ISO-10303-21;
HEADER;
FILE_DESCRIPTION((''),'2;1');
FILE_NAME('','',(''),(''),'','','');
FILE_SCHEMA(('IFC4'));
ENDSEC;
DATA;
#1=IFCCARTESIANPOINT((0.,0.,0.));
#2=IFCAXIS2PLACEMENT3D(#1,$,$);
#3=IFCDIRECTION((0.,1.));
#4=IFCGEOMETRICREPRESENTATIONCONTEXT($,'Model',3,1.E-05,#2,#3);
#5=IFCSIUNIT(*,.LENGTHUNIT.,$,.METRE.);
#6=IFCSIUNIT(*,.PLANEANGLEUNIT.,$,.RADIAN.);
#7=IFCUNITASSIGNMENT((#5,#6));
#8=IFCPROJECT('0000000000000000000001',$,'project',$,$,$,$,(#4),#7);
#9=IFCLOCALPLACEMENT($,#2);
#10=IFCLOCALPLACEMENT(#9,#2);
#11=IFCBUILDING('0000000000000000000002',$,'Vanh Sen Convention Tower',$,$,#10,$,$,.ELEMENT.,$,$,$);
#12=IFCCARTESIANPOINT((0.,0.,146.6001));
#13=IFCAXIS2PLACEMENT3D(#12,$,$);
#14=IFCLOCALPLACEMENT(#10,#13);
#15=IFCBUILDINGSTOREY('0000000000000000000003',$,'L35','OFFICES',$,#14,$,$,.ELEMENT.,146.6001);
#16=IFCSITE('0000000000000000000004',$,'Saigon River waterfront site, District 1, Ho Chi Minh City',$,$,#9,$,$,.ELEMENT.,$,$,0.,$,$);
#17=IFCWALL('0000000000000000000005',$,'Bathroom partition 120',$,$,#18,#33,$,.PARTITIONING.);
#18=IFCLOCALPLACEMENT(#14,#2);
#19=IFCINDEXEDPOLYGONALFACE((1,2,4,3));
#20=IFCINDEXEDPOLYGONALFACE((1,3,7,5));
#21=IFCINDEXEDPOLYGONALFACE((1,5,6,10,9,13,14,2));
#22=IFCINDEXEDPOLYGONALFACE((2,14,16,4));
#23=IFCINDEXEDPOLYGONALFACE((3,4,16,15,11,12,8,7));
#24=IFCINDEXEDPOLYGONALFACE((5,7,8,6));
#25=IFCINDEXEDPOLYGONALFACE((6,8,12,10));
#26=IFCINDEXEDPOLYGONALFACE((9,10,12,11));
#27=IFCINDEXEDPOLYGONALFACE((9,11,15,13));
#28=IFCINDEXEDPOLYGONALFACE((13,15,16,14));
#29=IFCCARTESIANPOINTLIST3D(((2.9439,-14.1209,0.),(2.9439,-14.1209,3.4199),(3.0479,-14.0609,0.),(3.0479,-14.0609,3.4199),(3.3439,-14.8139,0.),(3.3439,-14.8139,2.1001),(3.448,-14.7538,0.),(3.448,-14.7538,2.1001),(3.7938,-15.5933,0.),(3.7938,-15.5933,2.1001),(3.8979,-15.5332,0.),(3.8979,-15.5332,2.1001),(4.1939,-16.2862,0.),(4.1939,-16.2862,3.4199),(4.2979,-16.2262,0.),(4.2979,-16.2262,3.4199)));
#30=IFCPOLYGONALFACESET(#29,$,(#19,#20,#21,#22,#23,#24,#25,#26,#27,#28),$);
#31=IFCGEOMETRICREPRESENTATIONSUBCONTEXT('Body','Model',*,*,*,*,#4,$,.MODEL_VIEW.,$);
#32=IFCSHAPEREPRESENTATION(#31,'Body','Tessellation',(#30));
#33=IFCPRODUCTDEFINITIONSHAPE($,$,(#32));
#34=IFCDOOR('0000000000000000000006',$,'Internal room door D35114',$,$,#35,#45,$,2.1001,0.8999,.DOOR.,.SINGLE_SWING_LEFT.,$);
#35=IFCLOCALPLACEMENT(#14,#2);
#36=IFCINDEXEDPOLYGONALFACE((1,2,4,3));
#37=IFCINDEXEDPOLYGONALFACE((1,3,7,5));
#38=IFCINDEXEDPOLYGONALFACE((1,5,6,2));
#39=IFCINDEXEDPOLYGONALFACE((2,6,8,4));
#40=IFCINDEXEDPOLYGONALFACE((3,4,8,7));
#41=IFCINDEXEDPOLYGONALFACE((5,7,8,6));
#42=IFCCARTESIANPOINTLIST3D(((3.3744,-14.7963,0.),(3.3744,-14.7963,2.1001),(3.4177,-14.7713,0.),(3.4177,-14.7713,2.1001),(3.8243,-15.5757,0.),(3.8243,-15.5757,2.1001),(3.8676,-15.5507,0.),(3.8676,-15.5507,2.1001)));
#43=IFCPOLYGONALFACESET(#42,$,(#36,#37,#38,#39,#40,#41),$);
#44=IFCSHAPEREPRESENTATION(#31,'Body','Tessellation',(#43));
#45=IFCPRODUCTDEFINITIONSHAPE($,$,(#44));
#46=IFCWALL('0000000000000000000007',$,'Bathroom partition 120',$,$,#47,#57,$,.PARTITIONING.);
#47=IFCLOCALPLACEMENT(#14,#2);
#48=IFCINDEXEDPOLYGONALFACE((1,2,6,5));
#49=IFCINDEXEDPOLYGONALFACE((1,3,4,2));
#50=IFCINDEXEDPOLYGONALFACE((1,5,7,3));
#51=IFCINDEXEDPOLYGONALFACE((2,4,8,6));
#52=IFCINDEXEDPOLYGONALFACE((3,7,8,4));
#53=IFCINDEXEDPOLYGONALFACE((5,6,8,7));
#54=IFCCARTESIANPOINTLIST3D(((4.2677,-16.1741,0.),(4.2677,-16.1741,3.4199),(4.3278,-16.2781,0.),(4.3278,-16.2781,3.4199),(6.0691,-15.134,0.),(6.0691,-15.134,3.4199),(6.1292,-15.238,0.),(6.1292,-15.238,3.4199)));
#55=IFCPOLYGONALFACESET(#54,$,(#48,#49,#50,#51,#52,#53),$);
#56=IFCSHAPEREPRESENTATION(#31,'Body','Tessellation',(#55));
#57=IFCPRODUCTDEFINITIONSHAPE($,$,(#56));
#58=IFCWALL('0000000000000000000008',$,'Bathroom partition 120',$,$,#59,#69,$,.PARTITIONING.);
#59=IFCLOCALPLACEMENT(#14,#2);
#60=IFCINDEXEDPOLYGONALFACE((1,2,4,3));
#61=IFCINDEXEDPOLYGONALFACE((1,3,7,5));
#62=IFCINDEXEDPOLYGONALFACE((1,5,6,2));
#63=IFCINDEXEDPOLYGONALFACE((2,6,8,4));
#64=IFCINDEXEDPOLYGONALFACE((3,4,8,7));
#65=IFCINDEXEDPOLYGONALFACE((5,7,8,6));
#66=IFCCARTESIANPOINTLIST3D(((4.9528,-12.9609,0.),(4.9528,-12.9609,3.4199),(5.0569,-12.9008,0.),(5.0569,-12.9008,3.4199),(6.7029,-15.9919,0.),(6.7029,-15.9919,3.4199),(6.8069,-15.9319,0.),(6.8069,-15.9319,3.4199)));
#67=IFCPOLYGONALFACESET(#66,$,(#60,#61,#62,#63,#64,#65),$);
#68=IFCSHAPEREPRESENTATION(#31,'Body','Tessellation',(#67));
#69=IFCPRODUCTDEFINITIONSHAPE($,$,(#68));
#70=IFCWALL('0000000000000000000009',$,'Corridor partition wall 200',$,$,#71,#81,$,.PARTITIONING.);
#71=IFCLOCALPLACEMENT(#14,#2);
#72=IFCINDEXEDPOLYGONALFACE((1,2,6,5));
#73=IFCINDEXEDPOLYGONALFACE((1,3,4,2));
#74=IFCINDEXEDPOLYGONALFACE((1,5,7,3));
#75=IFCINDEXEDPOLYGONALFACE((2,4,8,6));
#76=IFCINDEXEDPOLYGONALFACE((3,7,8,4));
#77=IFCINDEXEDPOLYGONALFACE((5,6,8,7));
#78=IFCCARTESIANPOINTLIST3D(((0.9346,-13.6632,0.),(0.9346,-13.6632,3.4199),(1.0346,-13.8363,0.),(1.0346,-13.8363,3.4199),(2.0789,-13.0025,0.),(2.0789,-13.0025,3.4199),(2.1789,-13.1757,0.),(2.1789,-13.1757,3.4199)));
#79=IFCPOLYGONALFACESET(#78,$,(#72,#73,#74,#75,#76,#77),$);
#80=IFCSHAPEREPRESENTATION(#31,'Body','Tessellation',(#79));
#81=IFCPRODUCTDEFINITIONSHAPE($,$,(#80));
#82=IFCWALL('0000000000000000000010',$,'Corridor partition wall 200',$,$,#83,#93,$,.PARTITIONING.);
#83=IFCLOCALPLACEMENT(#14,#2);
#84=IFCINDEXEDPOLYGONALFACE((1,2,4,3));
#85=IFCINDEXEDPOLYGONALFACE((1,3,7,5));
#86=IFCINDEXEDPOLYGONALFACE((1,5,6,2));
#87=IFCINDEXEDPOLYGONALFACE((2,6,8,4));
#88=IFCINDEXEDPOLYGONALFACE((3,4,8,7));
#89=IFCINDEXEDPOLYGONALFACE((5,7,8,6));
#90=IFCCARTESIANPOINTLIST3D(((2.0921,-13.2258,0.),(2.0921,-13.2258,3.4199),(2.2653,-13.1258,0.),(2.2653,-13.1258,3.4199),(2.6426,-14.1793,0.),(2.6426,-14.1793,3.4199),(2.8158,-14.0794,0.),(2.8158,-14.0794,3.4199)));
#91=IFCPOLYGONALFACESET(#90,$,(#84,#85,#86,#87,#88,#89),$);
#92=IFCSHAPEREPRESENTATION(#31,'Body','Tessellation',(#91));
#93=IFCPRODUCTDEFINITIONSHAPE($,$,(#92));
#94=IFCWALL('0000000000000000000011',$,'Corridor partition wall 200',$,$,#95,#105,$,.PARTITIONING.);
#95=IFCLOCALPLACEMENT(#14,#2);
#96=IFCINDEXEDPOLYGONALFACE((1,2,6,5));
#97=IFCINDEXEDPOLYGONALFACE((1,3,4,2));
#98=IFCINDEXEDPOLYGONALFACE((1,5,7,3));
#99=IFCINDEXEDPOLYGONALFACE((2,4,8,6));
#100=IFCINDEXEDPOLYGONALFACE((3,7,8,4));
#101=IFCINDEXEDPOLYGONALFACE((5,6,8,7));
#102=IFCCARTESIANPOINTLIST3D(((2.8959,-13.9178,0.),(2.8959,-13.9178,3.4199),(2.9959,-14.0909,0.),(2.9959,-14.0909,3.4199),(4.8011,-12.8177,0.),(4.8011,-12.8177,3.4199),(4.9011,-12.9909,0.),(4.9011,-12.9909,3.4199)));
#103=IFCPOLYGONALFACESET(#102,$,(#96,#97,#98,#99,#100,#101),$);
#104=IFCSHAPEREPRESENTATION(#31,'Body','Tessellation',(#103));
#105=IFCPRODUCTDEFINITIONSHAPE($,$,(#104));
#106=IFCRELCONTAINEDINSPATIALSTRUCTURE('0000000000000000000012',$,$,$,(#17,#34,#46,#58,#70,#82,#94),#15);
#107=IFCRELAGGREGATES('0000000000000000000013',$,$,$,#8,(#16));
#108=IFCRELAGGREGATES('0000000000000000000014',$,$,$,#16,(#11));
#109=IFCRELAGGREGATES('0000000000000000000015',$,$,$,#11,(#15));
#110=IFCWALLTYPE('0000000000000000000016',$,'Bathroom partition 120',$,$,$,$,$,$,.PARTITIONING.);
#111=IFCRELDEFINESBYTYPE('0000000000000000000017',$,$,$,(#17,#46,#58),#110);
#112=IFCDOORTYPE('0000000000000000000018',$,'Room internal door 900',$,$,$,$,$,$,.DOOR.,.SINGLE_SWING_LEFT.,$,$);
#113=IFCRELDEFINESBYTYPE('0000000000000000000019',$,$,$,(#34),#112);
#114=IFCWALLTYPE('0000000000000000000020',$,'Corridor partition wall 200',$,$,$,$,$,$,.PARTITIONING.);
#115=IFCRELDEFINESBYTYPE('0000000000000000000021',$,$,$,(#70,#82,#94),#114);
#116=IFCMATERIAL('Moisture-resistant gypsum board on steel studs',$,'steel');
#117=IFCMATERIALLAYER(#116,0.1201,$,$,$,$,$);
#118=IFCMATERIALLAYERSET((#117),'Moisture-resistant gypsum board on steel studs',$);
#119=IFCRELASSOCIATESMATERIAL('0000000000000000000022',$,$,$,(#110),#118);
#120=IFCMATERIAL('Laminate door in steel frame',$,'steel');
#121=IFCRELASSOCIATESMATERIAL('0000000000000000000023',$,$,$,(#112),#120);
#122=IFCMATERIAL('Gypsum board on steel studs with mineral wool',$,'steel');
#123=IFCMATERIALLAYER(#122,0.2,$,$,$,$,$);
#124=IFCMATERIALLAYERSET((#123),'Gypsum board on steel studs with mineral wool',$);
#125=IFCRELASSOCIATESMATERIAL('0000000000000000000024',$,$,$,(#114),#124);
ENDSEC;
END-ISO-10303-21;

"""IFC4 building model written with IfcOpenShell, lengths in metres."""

from ifc_helpers import new_model, si_unit, direction, frame, frame_2d, origin, place, context, subcontext, project, spatial, rectangle, extrude, material, layer, layer_set, type_object, element, fill, save


model = new_model("IFC4")

# Units and contexts
model_context = context("Model", 3, precision=1e-05, world=origin(), true_north=direction((0.0, 1.0)))
body_context = subcontext(model_context, "Body", "Model", "MODEL_VIEW")
ifc_project = project(units=[si_unit("LENGTHUNIT", "METRE"), si_unit("PLANEANGLEUNIT", "RADIAN")], contexts=[model_context])

# Site, building, storey
site_placement = place(None, origin())
site = spatial("IfcSite", under=ifc_project, at=site_placement, Name="Saigon River waterfront site, District 1, Ho Chi Minh City", CompositionType="ELEMENT", RefElevation=0.0)
building_placement = place(site_placement, origin())
building = spatial("IfcBuilding", under=site, at=building_placement, Name="Vanh Sen Convention Tower", CompositionType="ELEMENT")
storey_placement = place(building_placement, frame((0.0, 0.0, 146.6001)))
storey = spatial("IfcBuildingStorey", under=building, at=storey_placement, Name="L35", Description="OFFICES", CompositionType="ELEMENT", Elevation=146.6001)

# Wall, opening, door
ifc_material_1 = material(Name="Moisture-resistant gypsum board on steel studs", Category="steel")
ifc_layer_1 = layer(ifc_material_1, 0.1201)
ifc_layer_set_1 = layer_set([ifc_layer_1], Name="Moisture-resistant gypsum board on steel studs")
wall_type_1 = type_object("IfcWallType", Name="Bathroom partition 120", PredefinedType="PARTITIONING", material=ifc_layer_set_1)
wall_1_placement = place(storey_placement, frame((4.2458, -16.2561, 0.0), z_axis=(0.0, 0.0, 1.0), x_axis=(-0.499962, 0.866047, 0.0)))
wall_1 = element("IfcWall", 1, at=wall_1_placement, inside=storey, type_object=wall_type_1, Name="Bathroom partition 120", PredefinedType="PARTITIONING", context=body_context, shape_type="SweptSolid", body=[
    extrude(rectangle(XDim=2.5002, YDim=0.1201, at=frame_2d((1.25, 0.0))), origin(), (0.0, 0.0, 1.0), 3.4199),
])
opening_1_placement = place(wall_1_placement, frame((0.8, 0.0, 0.0)))
opening_1 = element("IfcOpeningElement", 2, at=opening_1_placement, cuts=wall_1, PredefinedType="OPENING", context=body_context, shape_type="SweptSolid", body=[
    extrude(rectangle(XDim=0.8999, YDim=2.1001, at=frame_2d((0.45, 1.05))), frame((0.0, 0.0701, 0.0), z_axis=(0.0, -1.0, 0.0), x_axis=(1.0, 0.0, 0.0)), (0.0, 0.0, 1.0), 0.1401),
])
ifc_material_2 = material(Name="Laminate door in steel frame", Category="steel")
door_type = type_object("IfcDoorType", Name="Room internal door 900", OperationType="SINGLE_SWING_LEFT", PredefinedType="DOOR", material=ifc_material_2)
door_placement = place(opening_1_placement, origin())
door = element("IfcDoor", 3, at=door_placement, inside=storey, type_object=door_type, Name="Internal room door D35114", OperationType="SINGLE_SWING_LEFT", OverallHeight=2.1001, OverallWidth=0.8999, PredefinedType="DOOR", context=body_context, shape_type="SweptSolid", body=[
    extrude(rectangle(XDim=0.8999, YDim=2.1001, at=frame_2d((0.45, 1.05))), frame((0.0, 0.0249, 0.0), z_axis=(0.0, -1.0, 0.0), x_axis=(1.0, 0.0, 0.0)), (0.0, 0.0, 1.0), 0.05),
])
fill(opening_1, door)

# Walls
wall_2_placement = place(storey_placement, frame((6.0991, -15.186, 0.0), z_axis=(0.0, 0.0, 1.0), x_axis=(-0.86601, -0.500027, 0.0)))
element("IfcWall", 4, at=wall_2_placement, inside=storey, type_object=wall_type_1, Name="Bathroom partition 120", PredefinedType="PARTITIONING", context=body_context, shape_type="SweptSolid", body=[
    extrude(rectangle(XDim=2.0801, YDim=0.1201, at=frame_2d((1.04, 0.0))), origin(), (0.0, 0.0, 1.0), 3.4199),
])
wall_3_placement = place(storey_placement, frame((6.7549, -15.9619, 0.0), z_axis=(0.0, 0.0, 1.0), x_axis=(-0.50001, 0.866019, 0.0)))
element("IfcWall", 5, at=wall_3_placement, inside=storey, type_object=wall_type_1, Name="Bathroom partition 120", PredefinedType="PARTITIONING", context=body_context, shape_type="SweptSolid", body=[
    extrude(rectangle(XDim=3.5, YDim=0.1201, at=frame_2d((1.75, 0.0))), origin(), (0.0, 0.0, 1.0), 3.4199),
])
ifc_material_3 = material(Name="Gypsum board on steel studs with mineral wool", Category="steel")
ifc_layer_2 = layer(ifc_material_3, 0.2)
ifc_layer_set_2 = layer_set([ifc_layer_2], Name="Gypsum board on steel studs with mineral wool")
wall_type_2 = type_object("IfcWallType", Name="Corridor partition wall 200", PredefinedType="PARTITIONING", material=ifc_layer_set_2)
wall_4_placement = place(storey_placement, frame((0.9846, -13.7498, 0.0), z_axis=(0.0, 0.0, 1.0), x_axis=(0.866029, 0.499994, 0.0)))
element("IfcWall", 6, at=wall_4_placement, inside=storey, type_object=wall_type_2, Name="Corridor partition wall 200", PredefinedType="PARTITIONING", context=body_context, shape_type="SweptSolid", body=[
    extrude(rectangle(XDim=1.3213, YDim=0.2, at=frame_2d((0.6606, 0.0))), origin(), (0.0, 0.0, 1.0), 3.4199),
])
wall_5_placement = place(storey_placement, frame((2.1787, -13.1758, 0.0), z_axis=(0.0, 0.0, 1.0), x_axis=(0.499978, -0.866038, 0.0)))
element("IfcWall", 7, at=wall_5_placement, inside=storey, type_object=wall_type_2, Name="Corridor partition wall 200", PredefinedType="PARTITIONING", context=body_context, shape_type="SweptSolid", body=[
    extrude(rectangle(XDim=1.1011, YDim=0.2, at=frame_2d((0.5505, 0.0))), origin(), (0.0, 0.0, 1.0), 3.4199),
])
wall_6_placement = place(storey_placement, frame((2.9458, -14.0044, 0.0), z_axis=(0.0, 0.0, 1.0), x_axis=(0.866008, 0.50003, 0.0)))
element("IfcWall", 8, at=wall_6_placement, inside=storey, type_object=wall_type_2, Name="Corridor partition wall 200", PredefinedType="PARTITIONING", context=body_context, shape_type="SweptSolid", body=[
    extrude(rectangle(XDim=2.2, YDim=0.2, at=frame_2d((1.1001, 0.0))), origin(), (0.0, 0.0, 1.0), 3.4199),
])

save(model, "model.ifc")
